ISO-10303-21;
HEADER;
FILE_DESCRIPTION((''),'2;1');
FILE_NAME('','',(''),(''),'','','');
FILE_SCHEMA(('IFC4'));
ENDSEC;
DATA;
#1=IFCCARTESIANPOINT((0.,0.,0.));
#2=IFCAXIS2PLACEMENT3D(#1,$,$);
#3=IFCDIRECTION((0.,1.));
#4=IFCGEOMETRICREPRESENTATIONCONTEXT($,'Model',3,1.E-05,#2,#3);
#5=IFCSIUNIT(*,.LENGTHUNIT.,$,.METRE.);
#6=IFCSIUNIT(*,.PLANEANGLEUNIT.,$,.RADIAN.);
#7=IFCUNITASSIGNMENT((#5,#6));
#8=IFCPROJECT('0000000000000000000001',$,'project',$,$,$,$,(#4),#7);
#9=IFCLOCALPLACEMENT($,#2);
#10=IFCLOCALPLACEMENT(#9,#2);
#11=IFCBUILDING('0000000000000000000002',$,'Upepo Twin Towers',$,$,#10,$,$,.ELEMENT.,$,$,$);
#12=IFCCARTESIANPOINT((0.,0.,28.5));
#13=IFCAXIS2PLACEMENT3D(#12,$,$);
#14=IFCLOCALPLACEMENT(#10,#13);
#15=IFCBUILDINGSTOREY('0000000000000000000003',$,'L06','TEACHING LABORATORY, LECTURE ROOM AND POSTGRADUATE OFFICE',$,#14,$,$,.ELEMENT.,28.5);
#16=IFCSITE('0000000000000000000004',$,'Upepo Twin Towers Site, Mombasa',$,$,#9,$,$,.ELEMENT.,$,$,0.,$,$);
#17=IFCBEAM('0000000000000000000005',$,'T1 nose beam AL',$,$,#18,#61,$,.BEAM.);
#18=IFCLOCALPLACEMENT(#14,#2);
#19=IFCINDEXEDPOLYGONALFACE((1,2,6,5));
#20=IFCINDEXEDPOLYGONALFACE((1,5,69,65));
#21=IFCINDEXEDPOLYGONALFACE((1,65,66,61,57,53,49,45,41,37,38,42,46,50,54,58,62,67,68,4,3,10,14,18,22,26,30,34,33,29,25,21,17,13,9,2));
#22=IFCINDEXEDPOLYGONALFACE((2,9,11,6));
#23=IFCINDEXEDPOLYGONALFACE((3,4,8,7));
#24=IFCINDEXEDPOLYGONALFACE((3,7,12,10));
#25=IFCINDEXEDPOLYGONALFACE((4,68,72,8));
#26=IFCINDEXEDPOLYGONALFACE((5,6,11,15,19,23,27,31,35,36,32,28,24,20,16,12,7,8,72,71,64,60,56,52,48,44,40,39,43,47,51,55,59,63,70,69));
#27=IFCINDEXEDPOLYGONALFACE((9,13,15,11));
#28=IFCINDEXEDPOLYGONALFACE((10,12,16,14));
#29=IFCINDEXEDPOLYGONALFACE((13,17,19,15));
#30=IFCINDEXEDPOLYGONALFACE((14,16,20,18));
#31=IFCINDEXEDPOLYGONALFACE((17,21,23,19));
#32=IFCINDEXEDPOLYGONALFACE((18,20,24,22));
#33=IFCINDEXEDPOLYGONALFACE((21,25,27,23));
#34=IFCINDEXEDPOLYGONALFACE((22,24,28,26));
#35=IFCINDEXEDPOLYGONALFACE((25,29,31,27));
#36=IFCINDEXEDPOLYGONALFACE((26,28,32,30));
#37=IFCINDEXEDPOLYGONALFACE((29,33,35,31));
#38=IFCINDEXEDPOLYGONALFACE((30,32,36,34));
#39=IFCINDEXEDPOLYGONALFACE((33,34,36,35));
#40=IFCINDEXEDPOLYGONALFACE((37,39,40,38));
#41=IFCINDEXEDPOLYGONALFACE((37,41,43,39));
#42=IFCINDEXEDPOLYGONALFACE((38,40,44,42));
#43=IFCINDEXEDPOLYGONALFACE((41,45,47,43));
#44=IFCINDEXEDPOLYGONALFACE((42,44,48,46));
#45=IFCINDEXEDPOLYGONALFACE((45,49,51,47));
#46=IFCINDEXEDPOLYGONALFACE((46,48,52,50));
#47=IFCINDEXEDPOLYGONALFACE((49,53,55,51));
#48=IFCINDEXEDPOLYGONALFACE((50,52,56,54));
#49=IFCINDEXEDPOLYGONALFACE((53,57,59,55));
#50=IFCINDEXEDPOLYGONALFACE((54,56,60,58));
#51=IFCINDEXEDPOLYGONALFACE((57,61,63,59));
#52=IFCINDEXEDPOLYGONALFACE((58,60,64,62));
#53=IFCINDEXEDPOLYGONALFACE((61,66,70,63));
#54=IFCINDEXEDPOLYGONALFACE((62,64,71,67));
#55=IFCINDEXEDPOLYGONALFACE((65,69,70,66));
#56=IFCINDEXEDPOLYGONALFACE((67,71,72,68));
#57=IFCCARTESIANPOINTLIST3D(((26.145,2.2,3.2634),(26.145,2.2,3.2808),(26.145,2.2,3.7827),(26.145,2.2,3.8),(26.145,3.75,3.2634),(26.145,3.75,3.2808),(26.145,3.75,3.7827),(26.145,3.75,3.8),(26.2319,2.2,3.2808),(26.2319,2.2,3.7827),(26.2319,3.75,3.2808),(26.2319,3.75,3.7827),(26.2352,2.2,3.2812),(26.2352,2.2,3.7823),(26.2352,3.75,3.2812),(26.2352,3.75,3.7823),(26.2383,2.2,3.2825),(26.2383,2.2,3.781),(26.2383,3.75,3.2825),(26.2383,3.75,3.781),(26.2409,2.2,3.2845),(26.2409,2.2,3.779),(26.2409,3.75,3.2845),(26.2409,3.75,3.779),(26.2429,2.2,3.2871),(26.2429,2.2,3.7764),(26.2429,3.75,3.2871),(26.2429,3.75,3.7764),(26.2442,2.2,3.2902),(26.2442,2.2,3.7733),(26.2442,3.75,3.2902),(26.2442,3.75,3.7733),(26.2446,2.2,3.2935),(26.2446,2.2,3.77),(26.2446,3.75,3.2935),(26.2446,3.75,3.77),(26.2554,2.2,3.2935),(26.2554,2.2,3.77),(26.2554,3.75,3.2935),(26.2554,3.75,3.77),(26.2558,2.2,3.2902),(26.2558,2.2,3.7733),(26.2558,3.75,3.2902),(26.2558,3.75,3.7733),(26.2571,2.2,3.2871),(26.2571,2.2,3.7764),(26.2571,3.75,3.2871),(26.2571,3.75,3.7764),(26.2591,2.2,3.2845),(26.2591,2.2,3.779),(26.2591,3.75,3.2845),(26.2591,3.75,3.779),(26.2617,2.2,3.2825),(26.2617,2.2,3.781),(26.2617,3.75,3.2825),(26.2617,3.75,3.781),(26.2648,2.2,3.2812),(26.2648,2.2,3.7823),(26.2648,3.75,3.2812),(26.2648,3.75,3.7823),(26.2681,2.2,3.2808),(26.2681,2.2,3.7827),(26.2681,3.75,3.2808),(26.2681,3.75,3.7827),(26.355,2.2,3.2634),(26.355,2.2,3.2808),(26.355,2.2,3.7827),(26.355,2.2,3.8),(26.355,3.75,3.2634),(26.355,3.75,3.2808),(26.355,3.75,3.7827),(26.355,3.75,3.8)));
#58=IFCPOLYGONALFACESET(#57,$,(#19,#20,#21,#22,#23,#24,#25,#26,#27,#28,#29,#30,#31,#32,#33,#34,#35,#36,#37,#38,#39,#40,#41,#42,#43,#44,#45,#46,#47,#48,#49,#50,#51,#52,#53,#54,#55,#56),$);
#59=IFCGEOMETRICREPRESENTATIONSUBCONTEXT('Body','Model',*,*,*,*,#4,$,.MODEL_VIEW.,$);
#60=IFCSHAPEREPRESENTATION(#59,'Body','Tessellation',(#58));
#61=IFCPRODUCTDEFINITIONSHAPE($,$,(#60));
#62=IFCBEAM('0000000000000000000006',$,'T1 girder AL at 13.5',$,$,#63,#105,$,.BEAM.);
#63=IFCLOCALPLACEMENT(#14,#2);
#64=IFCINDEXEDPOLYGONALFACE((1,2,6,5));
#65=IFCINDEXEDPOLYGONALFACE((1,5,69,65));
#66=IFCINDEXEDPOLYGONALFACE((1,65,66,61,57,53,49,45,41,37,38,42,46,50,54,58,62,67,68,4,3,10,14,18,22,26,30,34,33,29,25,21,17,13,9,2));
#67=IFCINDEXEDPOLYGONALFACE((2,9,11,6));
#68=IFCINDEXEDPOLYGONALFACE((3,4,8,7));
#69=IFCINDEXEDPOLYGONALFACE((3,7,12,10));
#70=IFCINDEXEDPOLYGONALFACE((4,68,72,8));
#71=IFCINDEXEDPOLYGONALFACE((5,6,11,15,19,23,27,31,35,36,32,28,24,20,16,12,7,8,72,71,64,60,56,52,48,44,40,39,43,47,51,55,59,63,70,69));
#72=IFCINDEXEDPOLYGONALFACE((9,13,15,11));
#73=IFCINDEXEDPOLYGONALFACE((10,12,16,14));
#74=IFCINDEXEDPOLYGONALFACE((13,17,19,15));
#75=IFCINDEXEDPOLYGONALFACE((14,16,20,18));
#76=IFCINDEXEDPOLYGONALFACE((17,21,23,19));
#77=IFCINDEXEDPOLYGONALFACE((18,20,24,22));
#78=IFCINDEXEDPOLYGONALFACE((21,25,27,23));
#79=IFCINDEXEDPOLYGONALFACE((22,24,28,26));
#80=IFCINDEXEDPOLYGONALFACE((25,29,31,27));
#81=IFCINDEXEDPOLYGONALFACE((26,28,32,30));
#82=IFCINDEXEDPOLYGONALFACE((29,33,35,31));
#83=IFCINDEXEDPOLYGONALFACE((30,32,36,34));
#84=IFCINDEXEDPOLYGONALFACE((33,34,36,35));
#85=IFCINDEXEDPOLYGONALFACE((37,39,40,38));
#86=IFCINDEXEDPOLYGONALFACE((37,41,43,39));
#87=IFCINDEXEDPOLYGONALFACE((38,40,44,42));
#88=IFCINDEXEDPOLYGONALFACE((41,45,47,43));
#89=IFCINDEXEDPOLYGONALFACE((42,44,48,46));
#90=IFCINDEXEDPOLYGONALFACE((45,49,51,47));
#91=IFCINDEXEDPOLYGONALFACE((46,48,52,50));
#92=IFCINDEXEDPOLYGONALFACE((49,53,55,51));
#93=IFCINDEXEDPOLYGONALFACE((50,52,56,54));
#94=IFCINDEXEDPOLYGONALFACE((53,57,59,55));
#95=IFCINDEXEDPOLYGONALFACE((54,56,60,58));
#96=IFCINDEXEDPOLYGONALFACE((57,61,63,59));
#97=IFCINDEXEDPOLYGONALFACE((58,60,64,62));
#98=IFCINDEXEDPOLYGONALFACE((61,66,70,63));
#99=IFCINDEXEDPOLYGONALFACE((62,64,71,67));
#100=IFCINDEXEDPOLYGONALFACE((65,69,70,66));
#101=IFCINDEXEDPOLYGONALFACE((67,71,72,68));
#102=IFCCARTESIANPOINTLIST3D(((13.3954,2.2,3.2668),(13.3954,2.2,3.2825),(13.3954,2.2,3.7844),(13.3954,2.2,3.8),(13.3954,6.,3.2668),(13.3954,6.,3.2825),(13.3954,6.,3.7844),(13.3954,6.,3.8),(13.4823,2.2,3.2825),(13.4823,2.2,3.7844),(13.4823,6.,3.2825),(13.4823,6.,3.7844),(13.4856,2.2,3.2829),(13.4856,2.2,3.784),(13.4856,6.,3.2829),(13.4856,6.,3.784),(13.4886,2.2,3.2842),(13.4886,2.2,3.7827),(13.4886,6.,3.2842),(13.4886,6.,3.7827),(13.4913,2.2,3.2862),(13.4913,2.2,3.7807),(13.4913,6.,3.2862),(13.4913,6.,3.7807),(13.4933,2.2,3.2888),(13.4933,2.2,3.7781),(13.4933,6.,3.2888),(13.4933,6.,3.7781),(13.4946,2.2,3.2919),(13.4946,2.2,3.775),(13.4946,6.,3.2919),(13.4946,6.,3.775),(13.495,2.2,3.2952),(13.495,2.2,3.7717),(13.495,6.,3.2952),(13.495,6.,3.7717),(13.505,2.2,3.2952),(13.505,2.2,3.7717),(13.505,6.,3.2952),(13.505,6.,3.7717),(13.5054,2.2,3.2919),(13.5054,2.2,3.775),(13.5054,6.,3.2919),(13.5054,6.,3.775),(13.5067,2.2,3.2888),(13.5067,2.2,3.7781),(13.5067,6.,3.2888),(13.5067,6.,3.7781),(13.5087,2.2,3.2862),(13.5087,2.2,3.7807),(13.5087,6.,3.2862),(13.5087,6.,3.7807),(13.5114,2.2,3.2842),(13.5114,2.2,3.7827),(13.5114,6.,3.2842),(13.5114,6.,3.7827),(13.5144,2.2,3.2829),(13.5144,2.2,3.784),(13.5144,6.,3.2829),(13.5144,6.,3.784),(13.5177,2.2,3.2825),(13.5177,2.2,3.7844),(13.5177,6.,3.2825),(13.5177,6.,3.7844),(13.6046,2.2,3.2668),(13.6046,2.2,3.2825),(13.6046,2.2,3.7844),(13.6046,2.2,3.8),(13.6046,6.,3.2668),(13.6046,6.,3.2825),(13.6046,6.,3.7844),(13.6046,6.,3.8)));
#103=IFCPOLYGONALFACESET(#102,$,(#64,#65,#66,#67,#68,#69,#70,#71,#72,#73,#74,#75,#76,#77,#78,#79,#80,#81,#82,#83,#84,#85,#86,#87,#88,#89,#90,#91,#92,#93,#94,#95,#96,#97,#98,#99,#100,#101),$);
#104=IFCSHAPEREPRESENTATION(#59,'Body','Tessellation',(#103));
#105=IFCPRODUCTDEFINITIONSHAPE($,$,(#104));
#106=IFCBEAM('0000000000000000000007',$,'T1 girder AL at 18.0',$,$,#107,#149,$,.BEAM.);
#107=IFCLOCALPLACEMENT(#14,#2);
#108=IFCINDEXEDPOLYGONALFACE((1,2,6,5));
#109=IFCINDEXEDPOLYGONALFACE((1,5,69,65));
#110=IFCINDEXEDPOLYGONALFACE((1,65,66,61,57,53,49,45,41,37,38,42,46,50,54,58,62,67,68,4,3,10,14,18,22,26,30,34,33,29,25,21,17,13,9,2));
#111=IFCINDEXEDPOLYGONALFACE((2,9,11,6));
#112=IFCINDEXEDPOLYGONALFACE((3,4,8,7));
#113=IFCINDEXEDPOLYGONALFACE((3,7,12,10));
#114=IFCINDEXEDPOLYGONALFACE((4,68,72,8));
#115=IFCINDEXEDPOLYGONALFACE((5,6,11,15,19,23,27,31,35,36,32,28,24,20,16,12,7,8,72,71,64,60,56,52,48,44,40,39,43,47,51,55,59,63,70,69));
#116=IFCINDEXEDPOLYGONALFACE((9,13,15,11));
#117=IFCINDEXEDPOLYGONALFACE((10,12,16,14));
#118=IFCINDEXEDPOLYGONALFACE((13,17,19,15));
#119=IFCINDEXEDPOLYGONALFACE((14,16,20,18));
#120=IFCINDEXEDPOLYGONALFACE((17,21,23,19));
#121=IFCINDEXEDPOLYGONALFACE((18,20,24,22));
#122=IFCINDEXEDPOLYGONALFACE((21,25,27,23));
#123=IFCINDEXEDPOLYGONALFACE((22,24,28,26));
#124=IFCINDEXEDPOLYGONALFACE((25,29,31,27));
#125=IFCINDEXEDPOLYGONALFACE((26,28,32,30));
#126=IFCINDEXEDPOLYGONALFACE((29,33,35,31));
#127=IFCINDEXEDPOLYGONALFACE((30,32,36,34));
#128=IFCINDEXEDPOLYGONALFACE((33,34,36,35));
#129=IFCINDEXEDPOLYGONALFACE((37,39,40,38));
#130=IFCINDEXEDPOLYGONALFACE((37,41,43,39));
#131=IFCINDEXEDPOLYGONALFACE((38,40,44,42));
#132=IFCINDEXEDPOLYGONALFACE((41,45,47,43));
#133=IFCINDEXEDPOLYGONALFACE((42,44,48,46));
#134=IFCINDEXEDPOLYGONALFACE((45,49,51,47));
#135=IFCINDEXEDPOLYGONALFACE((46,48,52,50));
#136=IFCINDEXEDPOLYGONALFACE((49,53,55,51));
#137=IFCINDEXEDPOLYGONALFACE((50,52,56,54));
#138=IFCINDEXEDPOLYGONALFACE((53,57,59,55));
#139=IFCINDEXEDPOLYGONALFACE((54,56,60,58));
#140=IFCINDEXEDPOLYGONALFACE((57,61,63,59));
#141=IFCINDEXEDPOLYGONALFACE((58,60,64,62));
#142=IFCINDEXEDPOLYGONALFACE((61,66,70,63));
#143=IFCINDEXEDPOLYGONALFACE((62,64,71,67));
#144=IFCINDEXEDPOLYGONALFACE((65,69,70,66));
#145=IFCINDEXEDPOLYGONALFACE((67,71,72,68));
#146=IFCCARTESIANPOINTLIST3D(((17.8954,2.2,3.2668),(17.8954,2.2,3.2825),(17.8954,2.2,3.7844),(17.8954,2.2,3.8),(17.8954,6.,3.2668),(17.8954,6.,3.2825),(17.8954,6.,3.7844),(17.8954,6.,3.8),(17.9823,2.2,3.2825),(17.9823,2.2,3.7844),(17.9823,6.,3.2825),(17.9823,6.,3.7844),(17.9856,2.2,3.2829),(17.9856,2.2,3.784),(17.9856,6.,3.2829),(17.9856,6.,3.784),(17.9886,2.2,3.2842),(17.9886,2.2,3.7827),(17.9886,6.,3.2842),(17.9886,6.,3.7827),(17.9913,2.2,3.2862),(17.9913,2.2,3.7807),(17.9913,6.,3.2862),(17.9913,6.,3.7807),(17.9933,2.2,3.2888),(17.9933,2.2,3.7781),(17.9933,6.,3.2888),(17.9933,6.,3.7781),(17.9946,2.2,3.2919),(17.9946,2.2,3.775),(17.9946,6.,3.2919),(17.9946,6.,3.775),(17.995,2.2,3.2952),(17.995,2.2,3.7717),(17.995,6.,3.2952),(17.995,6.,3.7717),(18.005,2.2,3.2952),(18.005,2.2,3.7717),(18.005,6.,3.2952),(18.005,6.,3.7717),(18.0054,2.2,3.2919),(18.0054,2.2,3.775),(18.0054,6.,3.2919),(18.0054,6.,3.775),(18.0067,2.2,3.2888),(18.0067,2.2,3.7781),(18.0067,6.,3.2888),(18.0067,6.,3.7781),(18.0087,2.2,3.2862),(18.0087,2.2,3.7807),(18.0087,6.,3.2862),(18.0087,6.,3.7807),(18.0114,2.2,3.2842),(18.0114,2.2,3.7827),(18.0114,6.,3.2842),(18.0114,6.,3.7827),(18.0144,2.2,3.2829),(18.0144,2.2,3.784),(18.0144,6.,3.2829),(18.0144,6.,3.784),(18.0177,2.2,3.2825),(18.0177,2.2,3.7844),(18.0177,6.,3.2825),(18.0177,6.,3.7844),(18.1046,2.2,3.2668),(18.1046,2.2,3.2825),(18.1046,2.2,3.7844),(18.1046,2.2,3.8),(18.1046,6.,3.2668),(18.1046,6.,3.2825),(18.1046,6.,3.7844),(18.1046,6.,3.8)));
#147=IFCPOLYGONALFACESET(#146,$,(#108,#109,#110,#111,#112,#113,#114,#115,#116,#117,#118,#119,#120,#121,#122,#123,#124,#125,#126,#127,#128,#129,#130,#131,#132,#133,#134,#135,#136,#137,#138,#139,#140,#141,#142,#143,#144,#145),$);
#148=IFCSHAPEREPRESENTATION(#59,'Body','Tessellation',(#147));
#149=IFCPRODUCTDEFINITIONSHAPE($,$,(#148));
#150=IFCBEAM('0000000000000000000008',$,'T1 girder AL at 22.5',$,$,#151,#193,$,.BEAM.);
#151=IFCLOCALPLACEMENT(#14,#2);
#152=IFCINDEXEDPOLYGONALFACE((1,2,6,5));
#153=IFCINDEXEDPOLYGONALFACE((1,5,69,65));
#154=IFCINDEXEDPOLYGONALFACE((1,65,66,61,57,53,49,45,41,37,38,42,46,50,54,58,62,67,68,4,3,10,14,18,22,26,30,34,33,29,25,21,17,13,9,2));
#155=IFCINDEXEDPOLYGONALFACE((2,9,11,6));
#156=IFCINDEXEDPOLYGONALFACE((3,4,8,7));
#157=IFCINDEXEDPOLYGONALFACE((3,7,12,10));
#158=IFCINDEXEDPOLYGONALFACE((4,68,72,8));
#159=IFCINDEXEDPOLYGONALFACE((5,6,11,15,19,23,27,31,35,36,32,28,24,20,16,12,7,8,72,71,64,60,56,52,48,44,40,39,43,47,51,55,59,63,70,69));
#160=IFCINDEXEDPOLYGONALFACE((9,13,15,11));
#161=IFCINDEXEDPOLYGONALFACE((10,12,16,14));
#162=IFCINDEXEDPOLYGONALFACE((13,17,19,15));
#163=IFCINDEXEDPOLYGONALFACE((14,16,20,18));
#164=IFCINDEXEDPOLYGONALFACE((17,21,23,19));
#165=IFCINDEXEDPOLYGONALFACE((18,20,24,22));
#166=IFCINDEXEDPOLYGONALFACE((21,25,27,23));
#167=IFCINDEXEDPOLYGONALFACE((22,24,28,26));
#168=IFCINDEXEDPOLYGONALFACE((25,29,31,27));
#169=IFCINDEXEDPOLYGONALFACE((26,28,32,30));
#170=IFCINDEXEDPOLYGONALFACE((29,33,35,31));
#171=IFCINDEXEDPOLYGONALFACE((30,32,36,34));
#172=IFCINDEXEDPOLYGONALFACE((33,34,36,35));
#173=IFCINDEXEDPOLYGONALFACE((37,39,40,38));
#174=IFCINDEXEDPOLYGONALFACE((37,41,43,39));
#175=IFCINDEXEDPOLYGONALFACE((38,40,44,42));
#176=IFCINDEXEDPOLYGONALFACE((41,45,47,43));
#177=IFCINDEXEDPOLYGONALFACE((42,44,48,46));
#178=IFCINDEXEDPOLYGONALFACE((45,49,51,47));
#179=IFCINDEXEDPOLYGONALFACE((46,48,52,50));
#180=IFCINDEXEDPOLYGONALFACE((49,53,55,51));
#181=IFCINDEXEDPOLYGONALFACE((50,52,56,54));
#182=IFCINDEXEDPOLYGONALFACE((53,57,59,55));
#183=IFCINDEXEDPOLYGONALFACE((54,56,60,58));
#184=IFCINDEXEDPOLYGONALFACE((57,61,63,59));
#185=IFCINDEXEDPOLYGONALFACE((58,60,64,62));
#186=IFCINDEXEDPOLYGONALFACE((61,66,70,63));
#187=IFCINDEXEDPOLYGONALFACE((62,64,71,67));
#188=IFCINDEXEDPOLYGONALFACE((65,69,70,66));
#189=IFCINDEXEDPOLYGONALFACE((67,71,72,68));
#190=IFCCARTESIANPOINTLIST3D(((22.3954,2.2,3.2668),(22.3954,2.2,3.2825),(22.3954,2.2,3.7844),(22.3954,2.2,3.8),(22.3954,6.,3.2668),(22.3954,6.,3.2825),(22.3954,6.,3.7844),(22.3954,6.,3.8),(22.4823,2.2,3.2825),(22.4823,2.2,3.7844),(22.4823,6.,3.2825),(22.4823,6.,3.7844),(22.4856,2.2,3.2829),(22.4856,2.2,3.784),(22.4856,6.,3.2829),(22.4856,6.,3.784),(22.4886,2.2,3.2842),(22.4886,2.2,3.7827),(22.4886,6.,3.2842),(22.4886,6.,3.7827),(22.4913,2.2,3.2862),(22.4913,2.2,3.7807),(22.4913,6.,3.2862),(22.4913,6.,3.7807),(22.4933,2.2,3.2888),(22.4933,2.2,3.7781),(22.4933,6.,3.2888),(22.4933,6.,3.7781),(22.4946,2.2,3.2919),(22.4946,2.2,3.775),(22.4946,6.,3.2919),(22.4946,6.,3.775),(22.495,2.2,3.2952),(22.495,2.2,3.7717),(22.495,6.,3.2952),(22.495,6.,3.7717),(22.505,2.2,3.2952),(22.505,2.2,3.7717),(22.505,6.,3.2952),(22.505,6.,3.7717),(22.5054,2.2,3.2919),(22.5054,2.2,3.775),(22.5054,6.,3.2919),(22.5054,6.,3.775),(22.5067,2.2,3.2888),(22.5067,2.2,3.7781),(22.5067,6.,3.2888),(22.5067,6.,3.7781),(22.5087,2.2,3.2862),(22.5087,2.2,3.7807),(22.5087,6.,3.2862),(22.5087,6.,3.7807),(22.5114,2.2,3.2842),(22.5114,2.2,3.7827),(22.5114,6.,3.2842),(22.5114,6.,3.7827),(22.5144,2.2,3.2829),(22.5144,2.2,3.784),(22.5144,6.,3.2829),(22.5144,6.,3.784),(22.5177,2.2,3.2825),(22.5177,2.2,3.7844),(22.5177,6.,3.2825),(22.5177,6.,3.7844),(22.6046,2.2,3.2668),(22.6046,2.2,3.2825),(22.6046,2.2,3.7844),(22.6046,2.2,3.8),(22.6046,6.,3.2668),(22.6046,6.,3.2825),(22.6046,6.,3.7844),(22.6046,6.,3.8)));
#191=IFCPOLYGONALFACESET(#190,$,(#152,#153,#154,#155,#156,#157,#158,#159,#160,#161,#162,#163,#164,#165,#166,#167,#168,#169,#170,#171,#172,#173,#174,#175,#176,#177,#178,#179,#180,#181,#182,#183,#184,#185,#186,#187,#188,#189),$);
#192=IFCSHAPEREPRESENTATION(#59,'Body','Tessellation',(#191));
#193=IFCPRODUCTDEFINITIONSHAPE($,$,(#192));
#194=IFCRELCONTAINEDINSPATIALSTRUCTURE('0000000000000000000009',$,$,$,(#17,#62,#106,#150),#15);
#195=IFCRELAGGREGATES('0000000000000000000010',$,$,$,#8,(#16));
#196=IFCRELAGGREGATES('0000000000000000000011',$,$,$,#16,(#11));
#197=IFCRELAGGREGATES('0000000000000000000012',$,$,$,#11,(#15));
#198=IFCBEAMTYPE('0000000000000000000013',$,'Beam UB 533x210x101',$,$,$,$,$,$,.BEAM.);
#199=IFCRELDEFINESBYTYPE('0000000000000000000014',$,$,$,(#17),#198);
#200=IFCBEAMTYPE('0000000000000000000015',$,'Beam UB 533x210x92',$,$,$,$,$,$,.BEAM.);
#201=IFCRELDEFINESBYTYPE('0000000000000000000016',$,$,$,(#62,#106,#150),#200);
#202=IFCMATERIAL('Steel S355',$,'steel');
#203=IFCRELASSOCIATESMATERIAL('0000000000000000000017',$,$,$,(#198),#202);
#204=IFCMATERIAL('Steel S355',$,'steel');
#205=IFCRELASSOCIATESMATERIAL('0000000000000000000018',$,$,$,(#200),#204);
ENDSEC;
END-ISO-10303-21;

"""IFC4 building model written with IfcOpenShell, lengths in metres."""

from ifc_helpers import new_model, si_unit, direction, frame, origin, origin_2d, place, context, subcontext, project, spatial, i_section, extrude, material, material_profile, profile_set, type_object, element, save


model = new_model("IFC4")

# Units and contexts
model_context = context("Model", 3, precision=1e-05, world=origin(), true_north=direction((0.0, 1.0)))
body_context = subcontext(model_context, "Body", "Model", "MODEL_VIEW")
ifc_project = project(units=[si_unit("LENGTHUNIT", "METRE"), si_unit("PLANEANGLEUNIT", "RADIAN")], contexts=[model_context])

# Site, building, storey
site_placement = place(None, origin())
site = spatial("IfcSite", under=ifc_project, at=site_placement, Name="Upepo Twin Towers Site, Mombasa", CompositionType="ELEMENT", RefElevation=0.0)
building_placement = place(site_placement, origin())
building = spatial("IfcBuilding", under=site, at=building_placement, Name="Upepo Twin Towers", CompositionType="ELEMENT")
storey_placement = place(building_placement, frame((0.0, 0.0, 28.5)))
storey = spatial("IfcBuildingStorey", under=building, at=storey_placement, Name="L06", Description="TEACHING LABORATORY, LECTURE ROOM AND POSTGRADUATE OFFICE", CompositionType="ELEMENT", Elevation=28.5)

# Beams
ifc_material_1 = material(Name="Steel S355", Category="steel")
ifc_material_profile_1 = material_profile(ifc_material_1, i_section(OverallWidth=0.21, OverallDepth=0.5366, WebThickness=0.0107, FlangeThickness=0.0173, FilletRadius=0.0127, at=origin_2d()), Name="UB 533x210x101")
ifc_profile_set_1 = profile_set([ifc_material_profile_1], Name="Steel S355")
beam_type_1 = type_object("IfcBeamType", Name="Beam UB 533x210x101", PredefinedType="BEAM", material=ifc_profile_set_1)
beam_1_placement = place(storey_placement, frame((26.25, 3.75, 3.5317), z_axis=(0.0, -1.0, 0.0), x_axis=(1.0, 0.0, 0.0)))
element("IfcBeam", 1, at=beam_1_placement, inside=storey, type_object=beam_type_1, Name="T1 nose beam AL", PredefinedType="BEAM", context=body_context, shape_type="SweptSolid", body=[
    extrude(i_section(OverallWidth=0.21, OverallDepth=0.5366, WebThickness=0.0107, FlangeThickness=0.0173, FilletRadius=0.0127, at=origin_2d()), origin(), (0.0, 0.0, 1.0), 1.55),
])
ifc_material_2 = material(Name="Steel S355", Category="steel")
ifc_material_profile_2 = material_profile(ifc_material_2, i_section(OverallWidth=0.2092, OverallDepth=0.5332, WebThickness=0.01, FlangeThickness=0.0156, FilletRadius=0.0127, at=origin_2d()), Name="UB 533x210x92")
ifc_profile_set_2 = profile_set([ifc_material_profile_2], Name="Steel S355")
beam_type_2 = type_object("IfcBeamType", Name="Beam UB 533x210x92", PredefinedType="BEAM", material=ifc_profile_set_2)
for number, where, z_axis, x_axis, name in (
    (2, (13.5, 6.0, 3.5334), (0.0, -1.0, 0.0), (1.0, 0.0, 0.0), "T1 girder AL at 13.5"),
    (3, (18.0, 6.0, 3.5334), (0.0, -1.0, 0.0), (1.0, 0.0, 0.0), "T1 girder AL at 18.0"),
    (4, (22.5, 6.0, 3.5334), (0.0, -1.0, 0.0), (1.0, 0.0, 0.0), "T1 girder AL at 22.5"),
):
    element("IfcBeam", number, at=place(storey_placement, frame(where, z_axis=z_axis, x_axis=x_axis)), inside=storey, type_object=beam_type_2, Name=name, PredefinedType="BEAM", context=body_context, shape_type="SweptSolid", body=[
        extrude(i_section(OverallWidth=0.2092, OverallDepth=0.5332, WebThickness=0.01, FlangeThickness=0.0156, FilletRadius=0.0127, at=origin_2d()), origin(), (0.0, 0.0, 1.0), 3.8),
    ])

save(model, "model.ifc")
